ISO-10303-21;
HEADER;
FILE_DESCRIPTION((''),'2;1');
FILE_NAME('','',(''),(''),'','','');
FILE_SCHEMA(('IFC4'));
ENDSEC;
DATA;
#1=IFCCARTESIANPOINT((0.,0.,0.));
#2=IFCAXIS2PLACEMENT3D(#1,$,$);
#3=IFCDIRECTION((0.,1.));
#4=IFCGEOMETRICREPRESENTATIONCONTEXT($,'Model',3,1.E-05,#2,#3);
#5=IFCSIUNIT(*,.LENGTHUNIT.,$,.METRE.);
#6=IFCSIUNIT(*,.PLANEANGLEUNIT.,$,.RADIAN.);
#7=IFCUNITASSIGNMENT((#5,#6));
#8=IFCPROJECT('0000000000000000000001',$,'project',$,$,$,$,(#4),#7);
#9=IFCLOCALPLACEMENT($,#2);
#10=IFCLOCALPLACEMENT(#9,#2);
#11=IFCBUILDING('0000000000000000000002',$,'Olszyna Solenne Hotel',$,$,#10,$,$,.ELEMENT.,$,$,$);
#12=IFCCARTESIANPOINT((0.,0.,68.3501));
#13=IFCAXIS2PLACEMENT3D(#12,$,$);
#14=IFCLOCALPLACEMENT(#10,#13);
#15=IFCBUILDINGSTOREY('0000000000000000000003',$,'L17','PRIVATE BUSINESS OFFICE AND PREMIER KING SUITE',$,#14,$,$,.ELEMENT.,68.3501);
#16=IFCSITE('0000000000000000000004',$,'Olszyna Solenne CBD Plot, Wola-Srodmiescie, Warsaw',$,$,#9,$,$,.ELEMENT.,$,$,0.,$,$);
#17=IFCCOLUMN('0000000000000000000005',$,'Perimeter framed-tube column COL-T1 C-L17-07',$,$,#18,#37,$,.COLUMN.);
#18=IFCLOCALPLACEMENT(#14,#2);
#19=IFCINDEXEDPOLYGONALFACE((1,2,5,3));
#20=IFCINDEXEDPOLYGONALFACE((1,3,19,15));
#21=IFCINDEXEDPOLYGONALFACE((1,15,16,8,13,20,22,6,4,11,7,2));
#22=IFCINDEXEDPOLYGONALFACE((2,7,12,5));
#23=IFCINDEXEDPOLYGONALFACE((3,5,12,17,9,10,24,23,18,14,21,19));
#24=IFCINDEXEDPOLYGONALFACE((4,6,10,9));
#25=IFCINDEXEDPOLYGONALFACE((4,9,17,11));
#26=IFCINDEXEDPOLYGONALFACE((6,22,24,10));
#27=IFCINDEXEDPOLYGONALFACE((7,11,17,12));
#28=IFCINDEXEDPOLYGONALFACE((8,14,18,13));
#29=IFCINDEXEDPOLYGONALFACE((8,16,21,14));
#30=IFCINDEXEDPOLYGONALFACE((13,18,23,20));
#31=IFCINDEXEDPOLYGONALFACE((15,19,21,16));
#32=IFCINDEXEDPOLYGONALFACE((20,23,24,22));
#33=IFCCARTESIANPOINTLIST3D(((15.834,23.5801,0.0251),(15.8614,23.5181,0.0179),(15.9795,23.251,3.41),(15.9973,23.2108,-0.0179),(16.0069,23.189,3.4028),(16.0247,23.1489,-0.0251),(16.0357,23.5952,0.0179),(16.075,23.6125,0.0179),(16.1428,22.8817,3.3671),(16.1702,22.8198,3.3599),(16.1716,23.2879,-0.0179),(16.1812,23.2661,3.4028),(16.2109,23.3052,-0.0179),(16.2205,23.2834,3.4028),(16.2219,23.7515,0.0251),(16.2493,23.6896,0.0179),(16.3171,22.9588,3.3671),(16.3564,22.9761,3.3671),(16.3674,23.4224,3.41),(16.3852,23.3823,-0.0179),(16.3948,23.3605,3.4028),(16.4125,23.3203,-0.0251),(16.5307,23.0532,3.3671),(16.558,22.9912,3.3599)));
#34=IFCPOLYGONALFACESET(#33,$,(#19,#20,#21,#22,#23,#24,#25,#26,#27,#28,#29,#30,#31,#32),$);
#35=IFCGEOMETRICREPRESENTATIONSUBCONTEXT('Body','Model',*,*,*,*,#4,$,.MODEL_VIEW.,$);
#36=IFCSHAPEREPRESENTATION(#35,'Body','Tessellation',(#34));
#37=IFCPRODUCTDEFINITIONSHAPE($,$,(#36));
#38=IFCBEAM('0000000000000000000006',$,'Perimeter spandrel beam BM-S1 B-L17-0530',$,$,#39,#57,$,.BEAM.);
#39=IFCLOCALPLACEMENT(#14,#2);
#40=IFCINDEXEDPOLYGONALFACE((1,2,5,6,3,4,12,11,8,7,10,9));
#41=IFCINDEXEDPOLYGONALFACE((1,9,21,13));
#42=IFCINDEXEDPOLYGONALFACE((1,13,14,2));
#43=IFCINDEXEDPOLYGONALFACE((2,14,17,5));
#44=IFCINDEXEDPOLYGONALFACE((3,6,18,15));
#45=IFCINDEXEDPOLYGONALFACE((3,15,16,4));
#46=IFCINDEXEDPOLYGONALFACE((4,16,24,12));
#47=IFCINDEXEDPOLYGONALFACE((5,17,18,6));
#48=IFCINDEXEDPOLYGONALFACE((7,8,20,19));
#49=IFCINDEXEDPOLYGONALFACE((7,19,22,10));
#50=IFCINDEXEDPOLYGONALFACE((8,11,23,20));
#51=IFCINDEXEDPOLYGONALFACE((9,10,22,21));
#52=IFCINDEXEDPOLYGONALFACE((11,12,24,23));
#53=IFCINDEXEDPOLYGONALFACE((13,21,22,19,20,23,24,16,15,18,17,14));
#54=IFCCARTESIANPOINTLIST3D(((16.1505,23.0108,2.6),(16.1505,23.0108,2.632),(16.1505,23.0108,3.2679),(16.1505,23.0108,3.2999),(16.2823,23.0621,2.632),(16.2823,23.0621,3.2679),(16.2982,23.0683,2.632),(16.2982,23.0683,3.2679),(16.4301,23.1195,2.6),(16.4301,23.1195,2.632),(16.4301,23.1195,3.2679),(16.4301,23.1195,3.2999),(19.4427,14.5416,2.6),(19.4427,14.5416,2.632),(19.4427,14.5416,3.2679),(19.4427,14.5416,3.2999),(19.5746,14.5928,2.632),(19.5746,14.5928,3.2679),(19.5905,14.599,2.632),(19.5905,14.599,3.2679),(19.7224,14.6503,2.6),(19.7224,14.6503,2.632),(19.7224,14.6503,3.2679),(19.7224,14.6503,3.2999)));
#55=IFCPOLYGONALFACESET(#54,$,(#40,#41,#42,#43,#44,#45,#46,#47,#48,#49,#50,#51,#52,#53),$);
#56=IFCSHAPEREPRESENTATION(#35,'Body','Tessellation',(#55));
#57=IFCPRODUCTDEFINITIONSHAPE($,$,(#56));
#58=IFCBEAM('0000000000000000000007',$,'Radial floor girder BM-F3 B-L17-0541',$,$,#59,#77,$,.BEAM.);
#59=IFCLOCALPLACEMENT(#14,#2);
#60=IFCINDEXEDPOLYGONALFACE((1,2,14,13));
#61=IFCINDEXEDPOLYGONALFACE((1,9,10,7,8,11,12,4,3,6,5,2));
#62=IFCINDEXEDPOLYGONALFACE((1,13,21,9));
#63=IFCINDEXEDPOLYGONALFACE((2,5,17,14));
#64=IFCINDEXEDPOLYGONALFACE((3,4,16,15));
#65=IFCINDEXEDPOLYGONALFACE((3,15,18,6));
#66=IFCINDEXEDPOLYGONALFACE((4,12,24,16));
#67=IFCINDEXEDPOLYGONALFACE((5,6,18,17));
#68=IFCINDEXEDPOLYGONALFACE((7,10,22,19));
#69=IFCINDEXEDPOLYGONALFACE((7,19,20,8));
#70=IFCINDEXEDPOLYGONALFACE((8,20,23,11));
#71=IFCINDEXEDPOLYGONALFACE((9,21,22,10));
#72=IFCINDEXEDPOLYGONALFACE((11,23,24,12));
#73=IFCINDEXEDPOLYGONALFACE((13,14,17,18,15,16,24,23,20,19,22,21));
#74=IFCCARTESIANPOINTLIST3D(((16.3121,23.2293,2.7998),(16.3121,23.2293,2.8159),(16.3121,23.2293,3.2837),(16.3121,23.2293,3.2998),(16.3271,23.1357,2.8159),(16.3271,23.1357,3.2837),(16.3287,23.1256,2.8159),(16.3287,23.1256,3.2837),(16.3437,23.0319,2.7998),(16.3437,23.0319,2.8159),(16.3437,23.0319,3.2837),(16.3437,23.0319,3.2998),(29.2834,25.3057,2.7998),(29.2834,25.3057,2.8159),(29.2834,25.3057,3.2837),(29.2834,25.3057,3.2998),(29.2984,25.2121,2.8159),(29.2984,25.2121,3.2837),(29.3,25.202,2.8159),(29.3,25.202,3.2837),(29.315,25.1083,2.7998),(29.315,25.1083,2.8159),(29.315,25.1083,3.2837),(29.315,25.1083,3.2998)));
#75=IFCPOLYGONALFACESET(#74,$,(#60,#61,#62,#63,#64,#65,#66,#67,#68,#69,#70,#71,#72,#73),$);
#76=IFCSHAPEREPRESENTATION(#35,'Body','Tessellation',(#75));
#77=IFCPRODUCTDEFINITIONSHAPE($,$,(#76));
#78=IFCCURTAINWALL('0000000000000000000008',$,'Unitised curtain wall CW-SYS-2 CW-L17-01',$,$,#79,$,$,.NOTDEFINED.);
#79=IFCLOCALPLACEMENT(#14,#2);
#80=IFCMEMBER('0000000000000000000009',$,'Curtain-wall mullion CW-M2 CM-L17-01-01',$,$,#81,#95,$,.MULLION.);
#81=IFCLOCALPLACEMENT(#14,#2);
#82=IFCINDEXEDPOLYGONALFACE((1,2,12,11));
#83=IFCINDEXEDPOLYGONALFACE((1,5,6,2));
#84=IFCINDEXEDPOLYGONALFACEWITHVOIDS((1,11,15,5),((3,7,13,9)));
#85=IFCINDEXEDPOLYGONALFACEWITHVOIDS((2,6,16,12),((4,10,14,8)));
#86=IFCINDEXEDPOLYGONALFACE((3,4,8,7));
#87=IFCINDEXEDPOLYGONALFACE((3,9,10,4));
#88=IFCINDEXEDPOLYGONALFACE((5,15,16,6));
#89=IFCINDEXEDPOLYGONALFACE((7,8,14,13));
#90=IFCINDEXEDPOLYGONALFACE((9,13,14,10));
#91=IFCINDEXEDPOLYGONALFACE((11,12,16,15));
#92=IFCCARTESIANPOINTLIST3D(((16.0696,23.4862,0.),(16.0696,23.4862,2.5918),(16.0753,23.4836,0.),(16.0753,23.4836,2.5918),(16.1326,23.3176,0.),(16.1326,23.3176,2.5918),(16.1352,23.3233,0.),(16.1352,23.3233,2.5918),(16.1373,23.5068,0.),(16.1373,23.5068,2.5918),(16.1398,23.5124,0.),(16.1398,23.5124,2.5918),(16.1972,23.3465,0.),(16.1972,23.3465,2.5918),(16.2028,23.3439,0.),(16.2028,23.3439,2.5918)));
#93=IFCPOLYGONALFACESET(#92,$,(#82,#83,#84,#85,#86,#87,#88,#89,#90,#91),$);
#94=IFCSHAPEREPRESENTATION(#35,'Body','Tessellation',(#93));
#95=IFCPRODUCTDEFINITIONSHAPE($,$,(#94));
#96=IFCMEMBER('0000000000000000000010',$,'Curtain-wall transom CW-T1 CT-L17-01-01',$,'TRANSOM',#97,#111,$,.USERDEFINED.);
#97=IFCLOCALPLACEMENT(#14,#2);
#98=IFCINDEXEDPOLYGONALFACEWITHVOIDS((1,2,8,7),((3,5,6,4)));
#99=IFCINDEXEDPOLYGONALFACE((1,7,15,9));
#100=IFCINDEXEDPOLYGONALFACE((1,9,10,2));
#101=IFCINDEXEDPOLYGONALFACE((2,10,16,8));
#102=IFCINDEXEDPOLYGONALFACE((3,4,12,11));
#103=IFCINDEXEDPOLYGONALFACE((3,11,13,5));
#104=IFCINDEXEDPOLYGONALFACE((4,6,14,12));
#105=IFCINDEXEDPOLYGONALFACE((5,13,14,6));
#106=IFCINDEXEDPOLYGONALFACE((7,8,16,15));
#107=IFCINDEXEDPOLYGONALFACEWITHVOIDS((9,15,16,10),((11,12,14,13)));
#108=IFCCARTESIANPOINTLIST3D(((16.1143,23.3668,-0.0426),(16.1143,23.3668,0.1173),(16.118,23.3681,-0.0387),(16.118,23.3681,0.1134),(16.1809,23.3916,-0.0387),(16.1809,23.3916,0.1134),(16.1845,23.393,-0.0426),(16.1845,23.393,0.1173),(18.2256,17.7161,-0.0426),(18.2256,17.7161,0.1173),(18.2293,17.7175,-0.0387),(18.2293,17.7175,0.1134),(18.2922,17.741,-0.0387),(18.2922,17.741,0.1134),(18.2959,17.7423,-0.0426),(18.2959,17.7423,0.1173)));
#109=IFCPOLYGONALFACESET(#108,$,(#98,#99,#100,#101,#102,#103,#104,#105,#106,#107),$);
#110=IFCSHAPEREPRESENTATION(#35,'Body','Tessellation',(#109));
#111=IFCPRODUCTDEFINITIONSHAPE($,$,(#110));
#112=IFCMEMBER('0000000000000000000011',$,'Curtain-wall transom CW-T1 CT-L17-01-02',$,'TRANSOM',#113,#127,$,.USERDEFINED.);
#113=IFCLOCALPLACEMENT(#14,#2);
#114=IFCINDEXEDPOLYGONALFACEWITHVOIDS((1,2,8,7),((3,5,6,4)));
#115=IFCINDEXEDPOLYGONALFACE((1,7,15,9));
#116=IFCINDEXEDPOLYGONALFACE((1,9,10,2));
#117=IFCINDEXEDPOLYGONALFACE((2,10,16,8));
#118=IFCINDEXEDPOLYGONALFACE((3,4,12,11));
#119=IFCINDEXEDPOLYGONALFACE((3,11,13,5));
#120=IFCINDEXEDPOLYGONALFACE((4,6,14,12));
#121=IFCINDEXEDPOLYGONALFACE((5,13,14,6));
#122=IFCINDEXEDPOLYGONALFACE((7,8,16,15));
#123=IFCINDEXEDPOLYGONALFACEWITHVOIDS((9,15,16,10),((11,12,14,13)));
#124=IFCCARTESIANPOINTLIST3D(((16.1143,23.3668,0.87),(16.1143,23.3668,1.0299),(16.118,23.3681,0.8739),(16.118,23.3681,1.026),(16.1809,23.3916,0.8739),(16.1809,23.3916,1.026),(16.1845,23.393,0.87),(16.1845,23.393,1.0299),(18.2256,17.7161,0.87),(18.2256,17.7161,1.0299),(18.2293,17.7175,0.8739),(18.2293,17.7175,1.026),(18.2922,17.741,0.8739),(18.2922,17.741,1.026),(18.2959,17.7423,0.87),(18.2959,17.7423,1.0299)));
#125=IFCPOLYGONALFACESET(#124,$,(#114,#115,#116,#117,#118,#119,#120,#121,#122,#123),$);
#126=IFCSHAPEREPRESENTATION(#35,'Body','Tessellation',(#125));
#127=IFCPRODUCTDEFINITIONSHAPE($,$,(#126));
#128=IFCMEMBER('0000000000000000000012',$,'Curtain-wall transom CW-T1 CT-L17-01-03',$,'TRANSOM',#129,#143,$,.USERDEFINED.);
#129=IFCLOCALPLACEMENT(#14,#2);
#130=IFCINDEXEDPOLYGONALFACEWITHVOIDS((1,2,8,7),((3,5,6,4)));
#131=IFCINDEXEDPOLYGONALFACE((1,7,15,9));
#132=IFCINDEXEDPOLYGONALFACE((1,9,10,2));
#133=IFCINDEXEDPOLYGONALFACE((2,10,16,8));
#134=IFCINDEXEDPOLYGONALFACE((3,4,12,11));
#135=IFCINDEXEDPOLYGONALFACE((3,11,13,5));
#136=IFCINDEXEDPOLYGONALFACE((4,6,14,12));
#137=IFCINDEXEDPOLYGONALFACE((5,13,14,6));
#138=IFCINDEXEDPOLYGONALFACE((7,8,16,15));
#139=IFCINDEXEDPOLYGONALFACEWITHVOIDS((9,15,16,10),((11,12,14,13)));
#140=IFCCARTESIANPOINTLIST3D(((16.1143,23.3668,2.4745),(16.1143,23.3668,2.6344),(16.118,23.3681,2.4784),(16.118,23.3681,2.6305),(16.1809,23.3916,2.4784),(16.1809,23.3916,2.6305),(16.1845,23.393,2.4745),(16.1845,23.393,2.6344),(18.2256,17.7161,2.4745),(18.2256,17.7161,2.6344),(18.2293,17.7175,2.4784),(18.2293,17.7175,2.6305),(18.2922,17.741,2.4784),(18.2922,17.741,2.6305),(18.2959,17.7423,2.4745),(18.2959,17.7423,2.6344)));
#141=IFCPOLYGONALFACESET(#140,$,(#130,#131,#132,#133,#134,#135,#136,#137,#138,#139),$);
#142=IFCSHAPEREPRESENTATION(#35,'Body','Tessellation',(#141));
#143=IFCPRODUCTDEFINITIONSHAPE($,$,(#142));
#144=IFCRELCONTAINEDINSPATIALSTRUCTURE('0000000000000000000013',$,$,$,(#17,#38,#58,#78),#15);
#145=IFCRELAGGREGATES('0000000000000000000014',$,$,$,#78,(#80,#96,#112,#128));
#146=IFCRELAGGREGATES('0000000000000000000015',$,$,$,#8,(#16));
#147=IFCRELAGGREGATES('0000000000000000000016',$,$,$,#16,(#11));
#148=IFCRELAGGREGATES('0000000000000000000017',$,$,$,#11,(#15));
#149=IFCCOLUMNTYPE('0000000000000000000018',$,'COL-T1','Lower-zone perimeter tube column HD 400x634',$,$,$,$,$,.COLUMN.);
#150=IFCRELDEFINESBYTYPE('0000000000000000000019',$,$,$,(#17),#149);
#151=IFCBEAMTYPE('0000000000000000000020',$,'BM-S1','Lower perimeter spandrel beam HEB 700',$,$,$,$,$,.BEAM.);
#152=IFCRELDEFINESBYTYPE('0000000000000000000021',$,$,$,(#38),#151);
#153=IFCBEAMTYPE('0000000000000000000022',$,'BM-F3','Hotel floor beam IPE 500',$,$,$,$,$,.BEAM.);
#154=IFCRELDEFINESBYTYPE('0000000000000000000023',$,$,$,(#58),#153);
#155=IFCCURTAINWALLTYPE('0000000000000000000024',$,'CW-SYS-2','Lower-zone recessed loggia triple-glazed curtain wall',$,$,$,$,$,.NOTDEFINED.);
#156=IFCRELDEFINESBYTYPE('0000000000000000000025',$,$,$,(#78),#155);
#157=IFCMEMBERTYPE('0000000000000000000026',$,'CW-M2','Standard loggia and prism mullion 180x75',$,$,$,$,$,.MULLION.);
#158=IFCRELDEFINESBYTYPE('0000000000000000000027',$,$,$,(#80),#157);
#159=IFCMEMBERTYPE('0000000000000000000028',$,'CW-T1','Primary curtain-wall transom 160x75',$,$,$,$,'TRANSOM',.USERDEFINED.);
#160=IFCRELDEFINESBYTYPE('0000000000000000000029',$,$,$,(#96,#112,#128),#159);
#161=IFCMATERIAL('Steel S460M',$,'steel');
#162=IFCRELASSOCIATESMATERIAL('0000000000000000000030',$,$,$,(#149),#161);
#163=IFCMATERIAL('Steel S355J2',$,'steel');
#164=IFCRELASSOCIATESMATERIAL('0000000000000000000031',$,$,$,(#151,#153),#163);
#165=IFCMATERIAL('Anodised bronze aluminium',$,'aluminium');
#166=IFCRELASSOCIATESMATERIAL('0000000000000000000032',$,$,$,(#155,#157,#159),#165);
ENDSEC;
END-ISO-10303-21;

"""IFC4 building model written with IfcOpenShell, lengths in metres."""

from ifc_helpers import new_model, si_unit, direction, frame, origin, origin_2d, place, context, subcontext, project, spatial, hollow_rectangle, i_section, extrude, source, transform, mapped, material, material_profile, profile_set, type_object, element, aggregate, save


model = new_model("IFC4")

# Units and contexts
model_context = context("Model", 3, precision=1e-05, world=origin(), true_north=direction((0.0, 1.0)))
body_context = subcontext(model_context, "Body", "Model", "MODEL_VIEW")
ifc_project = project(units=[si_unit("LENGTHUNIT", "METRE"), si_unit("PLANEANGLEUNIT", "RADIAN")], contexts=[model_context])

# Site, building, storey
site_placement = place(None, origin())
site = spatial("IfcSite", under=ifc_project, at=site_placement, Name="Olszyna Solenne CBD Plot, Wola-Srodmiescie, Warsaw", CompositionType="ELEMENT", RefElevation=0.0)
building_placement = place(site_placement, origin())
building = spatial("IfcBuilding", under=site, at=building_placement, Name="Olszyna Solenne Hotel", CompositionType="ELEMENT")
storey_placement = place(building_placement, frame((0.0, 0.0, 68.3501)))
storey = spatial("IfcBuildingStorey", under=building, at=storey_placement, Name="L17", Description="PRIVATE BUSINESS OFFICE AND PREMIER KING SUITE", CompositionType="ELEMENT", Elevation=68.3501)

# Column
ifc_material_1 = material(Name="Steel S460M", Category="steel")
ifc_material_profile_1 = material_profile(ifc_material_1, i_section(OverallWidth=0.4241, OverallDepth=0.4741, WebThickness=0.043, FlangeThickness=0.0681, at=origin_2d()), Name="HD 400x634", Category="load-bearing")
ifc_profile_set_1 = profile_set([ifc_material_profile_1], Name="Steel S460M")
column_type = type_object("IfcColumnType", Name="COL-T1", Description="Lower-zone perimeter tube column HD 400x634", PredefinedType="COLUMN", material=ifc_profile_set_1)
shared_shape_1 = source(origin(), body_context, "Body", "SweptSolid", [
    extrude(i_section(OverallWidth=0.4241, OverallDepth=0.4741, WebThickness=0.043, FlangeThickness=0.0681, at=origin_2d()), origin(), (0.0, 0.0, 1.0), 3.4041),
])
column_placement = place(storey_placement, frame((16.1233, 23.4502, 0.0), z_axis=(0.042745, -0.096679, 0.994397), x_axis=(0.914593, 0.404375, 0.0)))
element("IfcColumn", 1, at=column_placement, inside=storey, type_object=column_type, Name="Perimeter framed-tube column COL-T1 C-L17-07", PredefinedType="COLUMN", context=body_context, shape_type="MappedRepresentation", body=[
    mapped(shared_shape_1, transform((0.0, 0.0, 0.0), x_axis=(1.0, 0.0, 0.0), y_axis=(0.0, 1.0, 0.0), z_axis=(0.0, 0.0, 1.0), scale=1.0)),
])

# Beams
ifc_material_2 = material(Name="Steel S355J2", Category="steel")
ifc_material_profile_2 = material_profile(ifc_material_2, i_section(OverallWidth=0.3, OverallDepth=0.7, WebThickness=0.0171, FlangeThickness=0.032, at=origin_2d()), Name="HEB 700", Category="load-bearing")
ifc_profile_set_2 = profile_set([ifc_material_profile_2], Name="Steel S355J2")
beam_type_1 = type_object("IfcBeamType", Name="BM-S1", Description="Lower perimeter spandrel beam HEB 700", PredefinedType="BEAM", material=ifc_profile_set_2)
shared_shape_2 = source(origin(), body_context, "Body", "SweptSolid", [
    extrude(i_section(OverallWidth=0.3, OverallDepth=0.7, WebThickness=0.0171, FlangeThickness=0.032, at=origin_2d()), origin(), (0.0, 0.0, 1.0), 9.0867),
])
beam_1_placement = place(storey_placement, frame((16.2903, 23.0652, 2.95), z_axis=(0.362317, -0.932055, 0.0), x_axis=(0.932055, 0.362317, 0.0)))
element("IfcBeam", 2, at=beam_1_placement, inside=storey, type_object=beam_type_1, Name="Perimeter spandrel beam BM-S1 B-L17-0530", PredefinedType="BEAM", context=body_context, shape_type="MappedRepresentation", body=[
    mapped(shared_shape_2, transform((0.0, 0.0, 0.0), x_axis=(1.0, 0.0, 0.0), y_axis=(0.0, 1.0, 0.0), z_axis=(0.0, 0.0, 1.0), scale=1.0)),
])
ifc_material_profile_3 = material_profile(ifc_material_2, i_section(OverallWidth=0.2, OverallDepth=0.5, WebThickness=0.0103, FlangeThickness=0.0161, at=origin_2d()), Name="IPE 500", Category="load-bearing")
ifc_profile_set_3 = profile_set([ifc_material_profile_3], Name="Steel S355J2")
beam_type_2 = type_object("IfcBeamType", Name="BM-F3", Description="Hotel floor beam IPE 500", PredefinedType="BEAM", material=ifc_profile_set_3)
shared_shape_3 = source(origin(), body_context, "Body", "SweptSolid", [
    extrude(i_section(OverallWidth=0.2, OverallDepth=0.5, WebThickness=0.0103, FlangeThickness=0.0161, at=origin_2d()), origin(), (0.0, 0.0, 1.0), 13.1365),
])
beam_2_placement = place(storey_placement, frame((16.3279, 23.1306, 3.0498), z_axis=(0.987429, 0.158064, 0.0), x_axis=(-0.158064, 0.987429, 0.0)))
element("IfcBeam", 3, at=beam_2_placement, inside=storey, type_object=beam_type_2, Name="Radial floor girder BM-F3 B-L17-0541", PredefinedType="BEAM", context=body_context, shape_type="MappedRepresentation", body=[
    mapped(shared_shape_3, transform((0.0, 0.0, 0.0), x_axis=(1.0, 0.0, 0.0), y_axis=(0.0, 1.0, 0.0), z_axis=(0.0, 0.0, 1.0), scale=1.0)),
])

# Curtain wall, members
ifc_material_3 = material(Name="Anodised bronze aluminium", Category="aluminium")
curtain_wall_type = type_object("IfcCurtainWallType", Name="CW-SYS-2", Description="Lower-zone recessed loggia triple-glazed curtain wall", PredefinedType="NOTDEFINED", material=ifc_material_3)
curtain_wall_placement = place(storey_placement, origin())
curtain_wall = element("IfcCurtainWall", 4, at=curtain_wall_placement, inside=storey, type_object=curtain_wall_type, Name="Unitised curtain wall CW-SYS-2 CW-L17-01", PredefinedType="NOTDEFINED")
ifc_material_profile_4 = material_profile(ifc_material_3, hollow_rectangle(XDim=0.075, YDim=0.1799, WallThickness=0.0044, at=origin_2d()), Name="MULL 180x75x4.5", Category="load-bearing")
ifc_profile_set_4 = profile_set([ifc_material_profile_4], Name="Anodised bronze aluminium")
member_type_1 = type_object("IfcMemberType", Name="CW-M2", Description="Standard loggia and prism mullion 180x75", PredefinedType="MULLION", material=ifc_profile_set_4)
shared_shape_4 = source(origin(), body_context, "Body", "SweptSolid", [
    extrude(hollow_rectangle(XDim=0.075, YDim=0.1799, WallThickness=0.0044, at=origin_2d()), origin(), (0.0, 0.0, 1.0), 2.5918),
])
member_1_placement = place(storey_placement, frame((16.1362, 23.415, 0.0), z_axis=(0.0, 0.0, 1.0), x_axis=(0.936756, 0.349982, 0.0)))
member_1 = element("IfcMember", 5, at=member_1_placement, type_object=member_type_1, Name="Curtain-wall mullion CW-M2 CM-L17-01-01", PredefinedType="MULLION", context=body_context, shape_type="MappedRepresentation", body=[
    mapped(shared_shape_4, transform((0.0, 0.0, 0.0), x_axis=(1.0, 0.0, 0.0), y_axis=(0.0, 1.0, 0.0), z_axis=(0.0, 0.0, 1.0), scale=1.0)),
])
ifc_material_profile_5 = material_profile(ifc_material_3, hollow_rectangle(XDim=0.075, YDim=0.1599, WallThickness=0.0039, at=origin_2d()), Name="TRAN 160x75x4", Category="load-bearing")
ifc_profile_set_5 = profile_set([ifc_material_profile_5], Name="Anodised bronze aluminium")
member_type_2 = type_object("IfcMemberType", Name="CW-T1", Description="Primary curtain-wall transom 160x75", ElementType="TRANSOM", PredefinedType="USERDEFINED", material=ifc_profile_set_5)
shared_shape_5 = source(origin(), body_context, "Body", "SweptSolid", [
    extrude(hollow_rectangle(XDim=0.075, YDim=0.1599, WallThickness=0.0039, at=origin_2d()), origin(), (0.0, 0.0, 1.0), 6.0322),
])
member_2_placement = place(storey_placement, frame((16.1494, 23.3799, 0.0374), z_axis=(0.35001, -0.936746, 0.0), x_axis=(0.936746, 0.35001, 0.0)))
member_2 = element("IfcMember", 6, at=member_2_placement, type_object=member_type_2, Name="Curtain-wall transom CW-T1 CT-L17-01-01", ObjectType="TRANSOM", PredefinedType="USERDEFINED", context=body_context, shape_type="MappedRepresentation", body=[
    mapped(shared_shape_5, transform((0.0, 0.0, 0.0), x_axis=(1.0, 0.0, 0.0), y_axis=(0.0, 1.0, 0.0), z_axis=(0.0, 0.0, 1.0), scale=1.0)),
])
member_3_placement = place(storey_placement, frame((16.1494, 23.3799, 0.95), z_axis=(0.35001, -0.936746, 0.0), x_axis=(0.936746, 0.35001, 0.0)))
member_3 = element("IfcMember", 7, at=member_3_placement, type_object=member_type_2, Name="Curtain-wall transom CW-T1 CT-L17-01-02", ObjectType="TRANSOM", PredefinedType="USERDEFINED", context=body_context, shape_type="MappedRepresentation", body=[
    mapped(shared_shape_5, transform((0.0, 0.0, 0.0), x_axis=(1.0, 0.0, 0.0), y_axis=(0.0, 1.0, 0.0), z_axis=(0.0, 0.0, 1.0), scale=1.0)),
])
member_4_placement = place(storey_placement, frame((16.1494, 23.3799, 2.5544), z_axis=(0.35001, -0.936746, 0.0), x_axis=(0.936746, 0.35001, 0.0)))
member_4 = element("IfcMember", 8, at=member_4_placement, type_object=member_type_2, Name="Curtain-wall transom CW-T1 CT-L17-01-03", ObjectType="TRANSOM", PredefinedType="USERDEFINED", context=body_context, shape_type="MappedRepresentation", body=[
    mapped(shared_shape_5, transform((0.0, 0.0, 0.0), x_axis=(1.0, 0.0, 0.0), y_axis=(0.0, 1.0, 0.0), z_axis=(0.0, 0.0, 1.0), scale=1.0)),
])
aggregate(curtain_wall, [member_1, member_2, member_3, member_4])

save(model, "model.ifc")
